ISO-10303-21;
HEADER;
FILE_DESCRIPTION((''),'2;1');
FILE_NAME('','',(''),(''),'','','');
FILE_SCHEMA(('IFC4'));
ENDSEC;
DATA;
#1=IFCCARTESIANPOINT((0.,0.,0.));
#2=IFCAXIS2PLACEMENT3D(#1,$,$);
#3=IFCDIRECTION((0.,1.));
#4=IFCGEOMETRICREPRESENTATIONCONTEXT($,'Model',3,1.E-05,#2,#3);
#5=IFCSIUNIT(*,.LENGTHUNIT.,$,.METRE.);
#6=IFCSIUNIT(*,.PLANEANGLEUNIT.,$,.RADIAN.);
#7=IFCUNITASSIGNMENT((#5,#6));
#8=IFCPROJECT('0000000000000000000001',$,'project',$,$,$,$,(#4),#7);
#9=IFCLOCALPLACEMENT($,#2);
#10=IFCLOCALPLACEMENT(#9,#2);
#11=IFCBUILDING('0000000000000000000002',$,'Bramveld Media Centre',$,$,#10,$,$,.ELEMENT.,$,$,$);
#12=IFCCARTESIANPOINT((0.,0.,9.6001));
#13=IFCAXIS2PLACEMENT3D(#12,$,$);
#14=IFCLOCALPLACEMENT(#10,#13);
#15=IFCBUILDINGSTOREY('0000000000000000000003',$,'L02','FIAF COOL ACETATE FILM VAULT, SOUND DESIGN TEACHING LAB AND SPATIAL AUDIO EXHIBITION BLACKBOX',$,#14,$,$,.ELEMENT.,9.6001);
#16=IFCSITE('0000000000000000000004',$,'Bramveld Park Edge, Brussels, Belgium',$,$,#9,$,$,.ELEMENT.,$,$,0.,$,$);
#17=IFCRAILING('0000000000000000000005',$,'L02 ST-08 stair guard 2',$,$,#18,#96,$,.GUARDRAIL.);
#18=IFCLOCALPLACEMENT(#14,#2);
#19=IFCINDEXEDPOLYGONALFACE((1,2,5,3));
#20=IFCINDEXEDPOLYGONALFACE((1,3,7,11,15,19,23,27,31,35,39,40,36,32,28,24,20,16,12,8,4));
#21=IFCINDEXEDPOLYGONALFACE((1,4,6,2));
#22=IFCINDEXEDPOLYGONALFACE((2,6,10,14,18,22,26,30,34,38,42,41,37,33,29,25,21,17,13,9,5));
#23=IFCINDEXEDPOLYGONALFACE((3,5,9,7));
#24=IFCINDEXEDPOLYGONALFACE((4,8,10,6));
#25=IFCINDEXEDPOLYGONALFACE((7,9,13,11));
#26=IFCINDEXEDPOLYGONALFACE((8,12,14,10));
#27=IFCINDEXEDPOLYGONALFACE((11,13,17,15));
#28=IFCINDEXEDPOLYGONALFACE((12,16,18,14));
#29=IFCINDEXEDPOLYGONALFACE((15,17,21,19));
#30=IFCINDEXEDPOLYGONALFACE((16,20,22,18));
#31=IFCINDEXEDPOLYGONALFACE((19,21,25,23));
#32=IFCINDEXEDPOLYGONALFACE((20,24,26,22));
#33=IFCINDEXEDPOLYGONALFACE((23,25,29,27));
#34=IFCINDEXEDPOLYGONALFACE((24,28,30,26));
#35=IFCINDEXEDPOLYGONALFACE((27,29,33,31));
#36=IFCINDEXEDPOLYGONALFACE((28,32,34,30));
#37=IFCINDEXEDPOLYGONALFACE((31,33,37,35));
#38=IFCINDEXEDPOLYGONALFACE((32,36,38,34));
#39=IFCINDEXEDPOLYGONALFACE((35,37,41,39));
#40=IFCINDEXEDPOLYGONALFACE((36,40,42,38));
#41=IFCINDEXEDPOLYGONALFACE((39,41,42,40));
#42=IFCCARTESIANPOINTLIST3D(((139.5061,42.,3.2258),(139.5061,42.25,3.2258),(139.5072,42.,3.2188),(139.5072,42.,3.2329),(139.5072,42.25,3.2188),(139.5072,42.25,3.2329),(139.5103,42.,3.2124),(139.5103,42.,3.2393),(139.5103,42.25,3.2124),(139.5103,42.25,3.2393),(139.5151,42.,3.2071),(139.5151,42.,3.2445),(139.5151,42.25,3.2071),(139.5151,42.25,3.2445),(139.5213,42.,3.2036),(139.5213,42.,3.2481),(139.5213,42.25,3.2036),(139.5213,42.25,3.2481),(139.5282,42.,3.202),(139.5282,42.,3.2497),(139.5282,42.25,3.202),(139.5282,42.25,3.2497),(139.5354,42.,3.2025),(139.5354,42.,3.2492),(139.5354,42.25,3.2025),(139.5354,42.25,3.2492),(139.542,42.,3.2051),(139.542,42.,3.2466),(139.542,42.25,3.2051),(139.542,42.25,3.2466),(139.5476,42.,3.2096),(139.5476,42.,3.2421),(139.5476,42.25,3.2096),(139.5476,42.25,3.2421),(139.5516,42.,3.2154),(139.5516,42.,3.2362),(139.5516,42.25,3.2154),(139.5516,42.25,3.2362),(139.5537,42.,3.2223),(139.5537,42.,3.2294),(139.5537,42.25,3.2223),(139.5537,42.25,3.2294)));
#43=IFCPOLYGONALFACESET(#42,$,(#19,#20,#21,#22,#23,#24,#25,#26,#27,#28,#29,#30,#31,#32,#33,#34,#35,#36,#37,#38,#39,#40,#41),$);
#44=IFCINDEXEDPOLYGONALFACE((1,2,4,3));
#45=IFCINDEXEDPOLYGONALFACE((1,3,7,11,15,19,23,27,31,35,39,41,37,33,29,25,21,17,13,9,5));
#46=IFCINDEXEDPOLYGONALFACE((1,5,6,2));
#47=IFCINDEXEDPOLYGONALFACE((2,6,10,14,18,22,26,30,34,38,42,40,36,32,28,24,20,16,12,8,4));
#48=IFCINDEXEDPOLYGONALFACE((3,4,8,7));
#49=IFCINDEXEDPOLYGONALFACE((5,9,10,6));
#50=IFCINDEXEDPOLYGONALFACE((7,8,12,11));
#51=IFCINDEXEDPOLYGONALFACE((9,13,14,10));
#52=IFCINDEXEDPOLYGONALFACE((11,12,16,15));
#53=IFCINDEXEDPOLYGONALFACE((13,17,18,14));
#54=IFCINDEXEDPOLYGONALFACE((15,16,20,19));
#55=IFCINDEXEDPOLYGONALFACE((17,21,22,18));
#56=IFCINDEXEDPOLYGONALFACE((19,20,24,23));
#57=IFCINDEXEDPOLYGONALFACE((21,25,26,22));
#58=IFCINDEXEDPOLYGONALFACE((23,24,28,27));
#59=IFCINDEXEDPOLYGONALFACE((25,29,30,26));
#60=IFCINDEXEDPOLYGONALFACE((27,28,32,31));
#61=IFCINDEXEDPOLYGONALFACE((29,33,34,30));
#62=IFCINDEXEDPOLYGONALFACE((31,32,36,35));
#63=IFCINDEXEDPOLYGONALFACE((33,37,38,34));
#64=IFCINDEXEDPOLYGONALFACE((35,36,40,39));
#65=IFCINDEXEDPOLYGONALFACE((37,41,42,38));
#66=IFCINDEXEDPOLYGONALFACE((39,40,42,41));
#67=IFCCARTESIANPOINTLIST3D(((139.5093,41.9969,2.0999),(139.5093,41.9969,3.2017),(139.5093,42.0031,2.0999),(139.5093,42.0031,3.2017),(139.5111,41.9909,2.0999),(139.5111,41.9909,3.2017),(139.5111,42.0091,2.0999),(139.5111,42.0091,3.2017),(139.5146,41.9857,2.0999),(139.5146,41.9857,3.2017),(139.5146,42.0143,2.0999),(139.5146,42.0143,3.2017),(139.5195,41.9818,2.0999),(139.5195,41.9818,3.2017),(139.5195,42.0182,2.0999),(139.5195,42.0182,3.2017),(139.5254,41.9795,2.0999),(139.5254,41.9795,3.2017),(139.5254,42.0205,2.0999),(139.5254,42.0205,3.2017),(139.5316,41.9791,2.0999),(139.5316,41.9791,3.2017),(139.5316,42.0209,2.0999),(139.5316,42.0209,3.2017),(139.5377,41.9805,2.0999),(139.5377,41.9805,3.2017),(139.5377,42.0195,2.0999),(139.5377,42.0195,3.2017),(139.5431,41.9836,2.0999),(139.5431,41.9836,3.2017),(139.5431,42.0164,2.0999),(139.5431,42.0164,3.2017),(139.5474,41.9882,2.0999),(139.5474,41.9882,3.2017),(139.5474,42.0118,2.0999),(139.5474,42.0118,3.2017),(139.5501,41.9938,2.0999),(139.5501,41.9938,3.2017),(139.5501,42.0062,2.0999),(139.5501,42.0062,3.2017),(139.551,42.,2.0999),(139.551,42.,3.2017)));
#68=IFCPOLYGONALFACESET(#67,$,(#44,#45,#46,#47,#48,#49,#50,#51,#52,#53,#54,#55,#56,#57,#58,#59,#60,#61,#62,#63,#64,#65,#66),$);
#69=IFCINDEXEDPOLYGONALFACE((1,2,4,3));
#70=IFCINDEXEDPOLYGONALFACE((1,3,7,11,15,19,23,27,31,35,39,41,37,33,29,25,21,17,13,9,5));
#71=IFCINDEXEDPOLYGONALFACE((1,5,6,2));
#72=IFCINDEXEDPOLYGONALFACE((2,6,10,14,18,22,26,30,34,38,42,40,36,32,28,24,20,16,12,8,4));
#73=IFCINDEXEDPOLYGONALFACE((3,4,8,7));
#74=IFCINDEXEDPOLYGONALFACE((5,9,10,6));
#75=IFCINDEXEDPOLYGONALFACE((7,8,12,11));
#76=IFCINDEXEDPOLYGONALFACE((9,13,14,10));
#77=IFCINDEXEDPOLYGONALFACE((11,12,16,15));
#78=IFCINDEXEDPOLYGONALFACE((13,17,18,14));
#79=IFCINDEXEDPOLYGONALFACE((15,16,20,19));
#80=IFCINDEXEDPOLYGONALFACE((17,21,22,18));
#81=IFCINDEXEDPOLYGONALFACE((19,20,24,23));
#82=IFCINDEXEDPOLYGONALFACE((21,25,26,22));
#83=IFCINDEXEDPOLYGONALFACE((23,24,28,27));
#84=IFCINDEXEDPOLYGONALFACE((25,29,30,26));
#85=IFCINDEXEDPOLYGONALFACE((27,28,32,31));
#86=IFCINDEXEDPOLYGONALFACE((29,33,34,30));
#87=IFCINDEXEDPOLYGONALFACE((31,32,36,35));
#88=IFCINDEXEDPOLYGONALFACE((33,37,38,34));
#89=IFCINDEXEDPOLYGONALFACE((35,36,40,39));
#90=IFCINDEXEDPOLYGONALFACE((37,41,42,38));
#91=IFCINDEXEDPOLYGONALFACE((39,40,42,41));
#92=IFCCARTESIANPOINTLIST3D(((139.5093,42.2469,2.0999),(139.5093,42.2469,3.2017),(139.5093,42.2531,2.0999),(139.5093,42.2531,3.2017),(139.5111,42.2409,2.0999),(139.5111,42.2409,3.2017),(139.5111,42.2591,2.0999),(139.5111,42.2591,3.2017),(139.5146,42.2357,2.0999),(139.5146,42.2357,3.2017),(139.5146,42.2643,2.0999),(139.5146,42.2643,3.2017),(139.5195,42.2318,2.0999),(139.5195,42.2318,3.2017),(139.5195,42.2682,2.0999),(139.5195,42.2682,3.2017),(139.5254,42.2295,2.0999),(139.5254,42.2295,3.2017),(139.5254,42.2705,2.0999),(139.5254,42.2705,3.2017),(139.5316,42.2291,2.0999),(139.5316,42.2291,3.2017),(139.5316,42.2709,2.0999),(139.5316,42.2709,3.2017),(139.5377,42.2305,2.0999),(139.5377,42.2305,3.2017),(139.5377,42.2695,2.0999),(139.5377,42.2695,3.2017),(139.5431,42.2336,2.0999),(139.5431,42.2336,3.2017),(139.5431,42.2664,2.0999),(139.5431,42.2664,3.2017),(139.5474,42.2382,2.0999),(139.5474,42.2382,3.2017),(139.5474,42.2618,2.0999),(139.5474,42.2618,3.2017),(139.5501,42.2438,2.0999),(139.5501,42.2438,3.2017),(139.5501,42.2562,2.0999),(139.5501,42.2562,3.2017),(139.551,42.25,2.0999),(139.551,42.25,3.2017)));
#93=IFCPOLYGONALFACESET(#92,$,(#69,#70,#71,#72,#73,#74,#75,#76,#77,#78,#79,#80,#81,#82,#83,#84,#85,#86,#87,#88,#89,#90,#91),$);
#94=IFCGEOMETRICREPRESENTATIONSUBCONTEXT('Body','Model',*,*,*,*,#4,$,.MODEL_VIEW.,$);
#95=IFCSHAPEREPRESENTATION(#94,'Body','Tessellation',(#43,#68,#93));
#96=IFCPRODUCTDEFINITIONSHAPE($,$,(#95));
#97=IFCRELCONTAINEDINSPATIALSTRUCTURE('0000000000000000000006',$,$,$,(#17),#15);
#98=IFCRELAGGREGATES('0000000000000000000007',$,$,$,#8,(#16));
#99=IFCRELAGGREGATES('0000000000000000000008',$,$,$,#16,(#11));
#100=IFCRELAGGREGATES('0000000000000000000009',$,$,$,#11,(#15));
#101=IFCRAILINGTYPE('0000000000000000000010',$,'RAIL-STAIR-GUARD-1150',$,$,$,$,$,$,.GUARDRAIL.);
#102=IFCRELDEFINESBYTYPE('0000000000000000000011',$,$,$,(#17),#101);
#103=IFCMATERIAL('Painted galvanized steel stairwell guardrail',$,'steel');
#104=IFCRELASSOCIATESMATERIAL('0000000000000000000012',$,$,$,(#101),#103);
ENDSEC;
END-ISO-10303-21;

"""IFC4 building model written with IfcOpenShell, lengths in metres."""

from ifc_helpers import new_model, si_unit, direction, frame, origin, origin_2d, place, context, subcontext, project, spatial, circle, extrude, material, type_object, element, save


model = new_model("IFC4")

# Units and contexts
model_context = context("Model", 3, precision=1e-05, world=origin(), true_north=direction((0.0, 1.0)))
body_context = subcontext(model_context, "Body", "Model", "MODEL_VIEW")
ifc_project = project(units=[si_unit("LENGTHUNIT", "METRE"), si_unit("PLANEANGLEUNIT", "RADIAN")], contexts=[model_context])

# Site, building, storey
site_placement = place(None, origin())
site = spatial("IfcSite", under=ifc_project, at=site_placement, Name="Bramveld Park Edge, Brussels, Belgium", CompositionType="ELEMENT", RefElevation=0.0)
building_placement = place(site_placement, origin())
building = spatial("IfcBuilding", under=site, at=building_placement, Name="Bramveld Media Centre", CompositionType="ELEMENT")
storey_placement = place(building_placement, frame((0.0, 0.0, 9.6001)))
storey = spatial("IfcBuildingStorey", under=building, at=storey_placement, Name="L02", Description="FIAF COOL ACETATE FILM VAULT, SOUND DESIGN TEACHING LAB AND SPATIAL AUDIO EXHIBITION BLACKBOX", CompositionType="ELEMENT", Elevation=9.6001)

# Railing
ifc_material_1 = material(Name="Painted galvanized steel stairwell guardrail", Category="steel")
railing_type_1 = type_object("IfcRailingType", Name="RAIL-STAIR-GUARD-1150", PredefinedType="GUARDRAIL", material=ifc_material_1)
railing_1_placement = place(storey_placement, frame((139.53, 42.0, 2.0999)))
element("IfcRailing", 1, at=railing_1_placement, inside=storey, type_object=railing_type_1, Name="L02 ST-08 stair guard 2", PredefinedType="GUARDRAIL", context=body_context, shape_type="SweptSolid", body=[
    extrude(circle(Radius=0.0239, at=origin_2d()), frame((0.0, 0.0, 1.126), z_axis=(0.0, 1.0, 0.0), x_axis=(-1.0, 0.0, 0.0)), (0.0, 0.0, 1.0), 0.25),
    extrude(circle(Radius=0.021, at=origin_2d()), origin(), (0.0, 0.0, 1.0), 1.1018),
    extrude(circle(Radius=0.021, at=origin_2d()), frame((0.0, 0.25, 0.0)), (0.0, 0.0, 1.0), 1.1018),
])

save(model, "model.ifc")
